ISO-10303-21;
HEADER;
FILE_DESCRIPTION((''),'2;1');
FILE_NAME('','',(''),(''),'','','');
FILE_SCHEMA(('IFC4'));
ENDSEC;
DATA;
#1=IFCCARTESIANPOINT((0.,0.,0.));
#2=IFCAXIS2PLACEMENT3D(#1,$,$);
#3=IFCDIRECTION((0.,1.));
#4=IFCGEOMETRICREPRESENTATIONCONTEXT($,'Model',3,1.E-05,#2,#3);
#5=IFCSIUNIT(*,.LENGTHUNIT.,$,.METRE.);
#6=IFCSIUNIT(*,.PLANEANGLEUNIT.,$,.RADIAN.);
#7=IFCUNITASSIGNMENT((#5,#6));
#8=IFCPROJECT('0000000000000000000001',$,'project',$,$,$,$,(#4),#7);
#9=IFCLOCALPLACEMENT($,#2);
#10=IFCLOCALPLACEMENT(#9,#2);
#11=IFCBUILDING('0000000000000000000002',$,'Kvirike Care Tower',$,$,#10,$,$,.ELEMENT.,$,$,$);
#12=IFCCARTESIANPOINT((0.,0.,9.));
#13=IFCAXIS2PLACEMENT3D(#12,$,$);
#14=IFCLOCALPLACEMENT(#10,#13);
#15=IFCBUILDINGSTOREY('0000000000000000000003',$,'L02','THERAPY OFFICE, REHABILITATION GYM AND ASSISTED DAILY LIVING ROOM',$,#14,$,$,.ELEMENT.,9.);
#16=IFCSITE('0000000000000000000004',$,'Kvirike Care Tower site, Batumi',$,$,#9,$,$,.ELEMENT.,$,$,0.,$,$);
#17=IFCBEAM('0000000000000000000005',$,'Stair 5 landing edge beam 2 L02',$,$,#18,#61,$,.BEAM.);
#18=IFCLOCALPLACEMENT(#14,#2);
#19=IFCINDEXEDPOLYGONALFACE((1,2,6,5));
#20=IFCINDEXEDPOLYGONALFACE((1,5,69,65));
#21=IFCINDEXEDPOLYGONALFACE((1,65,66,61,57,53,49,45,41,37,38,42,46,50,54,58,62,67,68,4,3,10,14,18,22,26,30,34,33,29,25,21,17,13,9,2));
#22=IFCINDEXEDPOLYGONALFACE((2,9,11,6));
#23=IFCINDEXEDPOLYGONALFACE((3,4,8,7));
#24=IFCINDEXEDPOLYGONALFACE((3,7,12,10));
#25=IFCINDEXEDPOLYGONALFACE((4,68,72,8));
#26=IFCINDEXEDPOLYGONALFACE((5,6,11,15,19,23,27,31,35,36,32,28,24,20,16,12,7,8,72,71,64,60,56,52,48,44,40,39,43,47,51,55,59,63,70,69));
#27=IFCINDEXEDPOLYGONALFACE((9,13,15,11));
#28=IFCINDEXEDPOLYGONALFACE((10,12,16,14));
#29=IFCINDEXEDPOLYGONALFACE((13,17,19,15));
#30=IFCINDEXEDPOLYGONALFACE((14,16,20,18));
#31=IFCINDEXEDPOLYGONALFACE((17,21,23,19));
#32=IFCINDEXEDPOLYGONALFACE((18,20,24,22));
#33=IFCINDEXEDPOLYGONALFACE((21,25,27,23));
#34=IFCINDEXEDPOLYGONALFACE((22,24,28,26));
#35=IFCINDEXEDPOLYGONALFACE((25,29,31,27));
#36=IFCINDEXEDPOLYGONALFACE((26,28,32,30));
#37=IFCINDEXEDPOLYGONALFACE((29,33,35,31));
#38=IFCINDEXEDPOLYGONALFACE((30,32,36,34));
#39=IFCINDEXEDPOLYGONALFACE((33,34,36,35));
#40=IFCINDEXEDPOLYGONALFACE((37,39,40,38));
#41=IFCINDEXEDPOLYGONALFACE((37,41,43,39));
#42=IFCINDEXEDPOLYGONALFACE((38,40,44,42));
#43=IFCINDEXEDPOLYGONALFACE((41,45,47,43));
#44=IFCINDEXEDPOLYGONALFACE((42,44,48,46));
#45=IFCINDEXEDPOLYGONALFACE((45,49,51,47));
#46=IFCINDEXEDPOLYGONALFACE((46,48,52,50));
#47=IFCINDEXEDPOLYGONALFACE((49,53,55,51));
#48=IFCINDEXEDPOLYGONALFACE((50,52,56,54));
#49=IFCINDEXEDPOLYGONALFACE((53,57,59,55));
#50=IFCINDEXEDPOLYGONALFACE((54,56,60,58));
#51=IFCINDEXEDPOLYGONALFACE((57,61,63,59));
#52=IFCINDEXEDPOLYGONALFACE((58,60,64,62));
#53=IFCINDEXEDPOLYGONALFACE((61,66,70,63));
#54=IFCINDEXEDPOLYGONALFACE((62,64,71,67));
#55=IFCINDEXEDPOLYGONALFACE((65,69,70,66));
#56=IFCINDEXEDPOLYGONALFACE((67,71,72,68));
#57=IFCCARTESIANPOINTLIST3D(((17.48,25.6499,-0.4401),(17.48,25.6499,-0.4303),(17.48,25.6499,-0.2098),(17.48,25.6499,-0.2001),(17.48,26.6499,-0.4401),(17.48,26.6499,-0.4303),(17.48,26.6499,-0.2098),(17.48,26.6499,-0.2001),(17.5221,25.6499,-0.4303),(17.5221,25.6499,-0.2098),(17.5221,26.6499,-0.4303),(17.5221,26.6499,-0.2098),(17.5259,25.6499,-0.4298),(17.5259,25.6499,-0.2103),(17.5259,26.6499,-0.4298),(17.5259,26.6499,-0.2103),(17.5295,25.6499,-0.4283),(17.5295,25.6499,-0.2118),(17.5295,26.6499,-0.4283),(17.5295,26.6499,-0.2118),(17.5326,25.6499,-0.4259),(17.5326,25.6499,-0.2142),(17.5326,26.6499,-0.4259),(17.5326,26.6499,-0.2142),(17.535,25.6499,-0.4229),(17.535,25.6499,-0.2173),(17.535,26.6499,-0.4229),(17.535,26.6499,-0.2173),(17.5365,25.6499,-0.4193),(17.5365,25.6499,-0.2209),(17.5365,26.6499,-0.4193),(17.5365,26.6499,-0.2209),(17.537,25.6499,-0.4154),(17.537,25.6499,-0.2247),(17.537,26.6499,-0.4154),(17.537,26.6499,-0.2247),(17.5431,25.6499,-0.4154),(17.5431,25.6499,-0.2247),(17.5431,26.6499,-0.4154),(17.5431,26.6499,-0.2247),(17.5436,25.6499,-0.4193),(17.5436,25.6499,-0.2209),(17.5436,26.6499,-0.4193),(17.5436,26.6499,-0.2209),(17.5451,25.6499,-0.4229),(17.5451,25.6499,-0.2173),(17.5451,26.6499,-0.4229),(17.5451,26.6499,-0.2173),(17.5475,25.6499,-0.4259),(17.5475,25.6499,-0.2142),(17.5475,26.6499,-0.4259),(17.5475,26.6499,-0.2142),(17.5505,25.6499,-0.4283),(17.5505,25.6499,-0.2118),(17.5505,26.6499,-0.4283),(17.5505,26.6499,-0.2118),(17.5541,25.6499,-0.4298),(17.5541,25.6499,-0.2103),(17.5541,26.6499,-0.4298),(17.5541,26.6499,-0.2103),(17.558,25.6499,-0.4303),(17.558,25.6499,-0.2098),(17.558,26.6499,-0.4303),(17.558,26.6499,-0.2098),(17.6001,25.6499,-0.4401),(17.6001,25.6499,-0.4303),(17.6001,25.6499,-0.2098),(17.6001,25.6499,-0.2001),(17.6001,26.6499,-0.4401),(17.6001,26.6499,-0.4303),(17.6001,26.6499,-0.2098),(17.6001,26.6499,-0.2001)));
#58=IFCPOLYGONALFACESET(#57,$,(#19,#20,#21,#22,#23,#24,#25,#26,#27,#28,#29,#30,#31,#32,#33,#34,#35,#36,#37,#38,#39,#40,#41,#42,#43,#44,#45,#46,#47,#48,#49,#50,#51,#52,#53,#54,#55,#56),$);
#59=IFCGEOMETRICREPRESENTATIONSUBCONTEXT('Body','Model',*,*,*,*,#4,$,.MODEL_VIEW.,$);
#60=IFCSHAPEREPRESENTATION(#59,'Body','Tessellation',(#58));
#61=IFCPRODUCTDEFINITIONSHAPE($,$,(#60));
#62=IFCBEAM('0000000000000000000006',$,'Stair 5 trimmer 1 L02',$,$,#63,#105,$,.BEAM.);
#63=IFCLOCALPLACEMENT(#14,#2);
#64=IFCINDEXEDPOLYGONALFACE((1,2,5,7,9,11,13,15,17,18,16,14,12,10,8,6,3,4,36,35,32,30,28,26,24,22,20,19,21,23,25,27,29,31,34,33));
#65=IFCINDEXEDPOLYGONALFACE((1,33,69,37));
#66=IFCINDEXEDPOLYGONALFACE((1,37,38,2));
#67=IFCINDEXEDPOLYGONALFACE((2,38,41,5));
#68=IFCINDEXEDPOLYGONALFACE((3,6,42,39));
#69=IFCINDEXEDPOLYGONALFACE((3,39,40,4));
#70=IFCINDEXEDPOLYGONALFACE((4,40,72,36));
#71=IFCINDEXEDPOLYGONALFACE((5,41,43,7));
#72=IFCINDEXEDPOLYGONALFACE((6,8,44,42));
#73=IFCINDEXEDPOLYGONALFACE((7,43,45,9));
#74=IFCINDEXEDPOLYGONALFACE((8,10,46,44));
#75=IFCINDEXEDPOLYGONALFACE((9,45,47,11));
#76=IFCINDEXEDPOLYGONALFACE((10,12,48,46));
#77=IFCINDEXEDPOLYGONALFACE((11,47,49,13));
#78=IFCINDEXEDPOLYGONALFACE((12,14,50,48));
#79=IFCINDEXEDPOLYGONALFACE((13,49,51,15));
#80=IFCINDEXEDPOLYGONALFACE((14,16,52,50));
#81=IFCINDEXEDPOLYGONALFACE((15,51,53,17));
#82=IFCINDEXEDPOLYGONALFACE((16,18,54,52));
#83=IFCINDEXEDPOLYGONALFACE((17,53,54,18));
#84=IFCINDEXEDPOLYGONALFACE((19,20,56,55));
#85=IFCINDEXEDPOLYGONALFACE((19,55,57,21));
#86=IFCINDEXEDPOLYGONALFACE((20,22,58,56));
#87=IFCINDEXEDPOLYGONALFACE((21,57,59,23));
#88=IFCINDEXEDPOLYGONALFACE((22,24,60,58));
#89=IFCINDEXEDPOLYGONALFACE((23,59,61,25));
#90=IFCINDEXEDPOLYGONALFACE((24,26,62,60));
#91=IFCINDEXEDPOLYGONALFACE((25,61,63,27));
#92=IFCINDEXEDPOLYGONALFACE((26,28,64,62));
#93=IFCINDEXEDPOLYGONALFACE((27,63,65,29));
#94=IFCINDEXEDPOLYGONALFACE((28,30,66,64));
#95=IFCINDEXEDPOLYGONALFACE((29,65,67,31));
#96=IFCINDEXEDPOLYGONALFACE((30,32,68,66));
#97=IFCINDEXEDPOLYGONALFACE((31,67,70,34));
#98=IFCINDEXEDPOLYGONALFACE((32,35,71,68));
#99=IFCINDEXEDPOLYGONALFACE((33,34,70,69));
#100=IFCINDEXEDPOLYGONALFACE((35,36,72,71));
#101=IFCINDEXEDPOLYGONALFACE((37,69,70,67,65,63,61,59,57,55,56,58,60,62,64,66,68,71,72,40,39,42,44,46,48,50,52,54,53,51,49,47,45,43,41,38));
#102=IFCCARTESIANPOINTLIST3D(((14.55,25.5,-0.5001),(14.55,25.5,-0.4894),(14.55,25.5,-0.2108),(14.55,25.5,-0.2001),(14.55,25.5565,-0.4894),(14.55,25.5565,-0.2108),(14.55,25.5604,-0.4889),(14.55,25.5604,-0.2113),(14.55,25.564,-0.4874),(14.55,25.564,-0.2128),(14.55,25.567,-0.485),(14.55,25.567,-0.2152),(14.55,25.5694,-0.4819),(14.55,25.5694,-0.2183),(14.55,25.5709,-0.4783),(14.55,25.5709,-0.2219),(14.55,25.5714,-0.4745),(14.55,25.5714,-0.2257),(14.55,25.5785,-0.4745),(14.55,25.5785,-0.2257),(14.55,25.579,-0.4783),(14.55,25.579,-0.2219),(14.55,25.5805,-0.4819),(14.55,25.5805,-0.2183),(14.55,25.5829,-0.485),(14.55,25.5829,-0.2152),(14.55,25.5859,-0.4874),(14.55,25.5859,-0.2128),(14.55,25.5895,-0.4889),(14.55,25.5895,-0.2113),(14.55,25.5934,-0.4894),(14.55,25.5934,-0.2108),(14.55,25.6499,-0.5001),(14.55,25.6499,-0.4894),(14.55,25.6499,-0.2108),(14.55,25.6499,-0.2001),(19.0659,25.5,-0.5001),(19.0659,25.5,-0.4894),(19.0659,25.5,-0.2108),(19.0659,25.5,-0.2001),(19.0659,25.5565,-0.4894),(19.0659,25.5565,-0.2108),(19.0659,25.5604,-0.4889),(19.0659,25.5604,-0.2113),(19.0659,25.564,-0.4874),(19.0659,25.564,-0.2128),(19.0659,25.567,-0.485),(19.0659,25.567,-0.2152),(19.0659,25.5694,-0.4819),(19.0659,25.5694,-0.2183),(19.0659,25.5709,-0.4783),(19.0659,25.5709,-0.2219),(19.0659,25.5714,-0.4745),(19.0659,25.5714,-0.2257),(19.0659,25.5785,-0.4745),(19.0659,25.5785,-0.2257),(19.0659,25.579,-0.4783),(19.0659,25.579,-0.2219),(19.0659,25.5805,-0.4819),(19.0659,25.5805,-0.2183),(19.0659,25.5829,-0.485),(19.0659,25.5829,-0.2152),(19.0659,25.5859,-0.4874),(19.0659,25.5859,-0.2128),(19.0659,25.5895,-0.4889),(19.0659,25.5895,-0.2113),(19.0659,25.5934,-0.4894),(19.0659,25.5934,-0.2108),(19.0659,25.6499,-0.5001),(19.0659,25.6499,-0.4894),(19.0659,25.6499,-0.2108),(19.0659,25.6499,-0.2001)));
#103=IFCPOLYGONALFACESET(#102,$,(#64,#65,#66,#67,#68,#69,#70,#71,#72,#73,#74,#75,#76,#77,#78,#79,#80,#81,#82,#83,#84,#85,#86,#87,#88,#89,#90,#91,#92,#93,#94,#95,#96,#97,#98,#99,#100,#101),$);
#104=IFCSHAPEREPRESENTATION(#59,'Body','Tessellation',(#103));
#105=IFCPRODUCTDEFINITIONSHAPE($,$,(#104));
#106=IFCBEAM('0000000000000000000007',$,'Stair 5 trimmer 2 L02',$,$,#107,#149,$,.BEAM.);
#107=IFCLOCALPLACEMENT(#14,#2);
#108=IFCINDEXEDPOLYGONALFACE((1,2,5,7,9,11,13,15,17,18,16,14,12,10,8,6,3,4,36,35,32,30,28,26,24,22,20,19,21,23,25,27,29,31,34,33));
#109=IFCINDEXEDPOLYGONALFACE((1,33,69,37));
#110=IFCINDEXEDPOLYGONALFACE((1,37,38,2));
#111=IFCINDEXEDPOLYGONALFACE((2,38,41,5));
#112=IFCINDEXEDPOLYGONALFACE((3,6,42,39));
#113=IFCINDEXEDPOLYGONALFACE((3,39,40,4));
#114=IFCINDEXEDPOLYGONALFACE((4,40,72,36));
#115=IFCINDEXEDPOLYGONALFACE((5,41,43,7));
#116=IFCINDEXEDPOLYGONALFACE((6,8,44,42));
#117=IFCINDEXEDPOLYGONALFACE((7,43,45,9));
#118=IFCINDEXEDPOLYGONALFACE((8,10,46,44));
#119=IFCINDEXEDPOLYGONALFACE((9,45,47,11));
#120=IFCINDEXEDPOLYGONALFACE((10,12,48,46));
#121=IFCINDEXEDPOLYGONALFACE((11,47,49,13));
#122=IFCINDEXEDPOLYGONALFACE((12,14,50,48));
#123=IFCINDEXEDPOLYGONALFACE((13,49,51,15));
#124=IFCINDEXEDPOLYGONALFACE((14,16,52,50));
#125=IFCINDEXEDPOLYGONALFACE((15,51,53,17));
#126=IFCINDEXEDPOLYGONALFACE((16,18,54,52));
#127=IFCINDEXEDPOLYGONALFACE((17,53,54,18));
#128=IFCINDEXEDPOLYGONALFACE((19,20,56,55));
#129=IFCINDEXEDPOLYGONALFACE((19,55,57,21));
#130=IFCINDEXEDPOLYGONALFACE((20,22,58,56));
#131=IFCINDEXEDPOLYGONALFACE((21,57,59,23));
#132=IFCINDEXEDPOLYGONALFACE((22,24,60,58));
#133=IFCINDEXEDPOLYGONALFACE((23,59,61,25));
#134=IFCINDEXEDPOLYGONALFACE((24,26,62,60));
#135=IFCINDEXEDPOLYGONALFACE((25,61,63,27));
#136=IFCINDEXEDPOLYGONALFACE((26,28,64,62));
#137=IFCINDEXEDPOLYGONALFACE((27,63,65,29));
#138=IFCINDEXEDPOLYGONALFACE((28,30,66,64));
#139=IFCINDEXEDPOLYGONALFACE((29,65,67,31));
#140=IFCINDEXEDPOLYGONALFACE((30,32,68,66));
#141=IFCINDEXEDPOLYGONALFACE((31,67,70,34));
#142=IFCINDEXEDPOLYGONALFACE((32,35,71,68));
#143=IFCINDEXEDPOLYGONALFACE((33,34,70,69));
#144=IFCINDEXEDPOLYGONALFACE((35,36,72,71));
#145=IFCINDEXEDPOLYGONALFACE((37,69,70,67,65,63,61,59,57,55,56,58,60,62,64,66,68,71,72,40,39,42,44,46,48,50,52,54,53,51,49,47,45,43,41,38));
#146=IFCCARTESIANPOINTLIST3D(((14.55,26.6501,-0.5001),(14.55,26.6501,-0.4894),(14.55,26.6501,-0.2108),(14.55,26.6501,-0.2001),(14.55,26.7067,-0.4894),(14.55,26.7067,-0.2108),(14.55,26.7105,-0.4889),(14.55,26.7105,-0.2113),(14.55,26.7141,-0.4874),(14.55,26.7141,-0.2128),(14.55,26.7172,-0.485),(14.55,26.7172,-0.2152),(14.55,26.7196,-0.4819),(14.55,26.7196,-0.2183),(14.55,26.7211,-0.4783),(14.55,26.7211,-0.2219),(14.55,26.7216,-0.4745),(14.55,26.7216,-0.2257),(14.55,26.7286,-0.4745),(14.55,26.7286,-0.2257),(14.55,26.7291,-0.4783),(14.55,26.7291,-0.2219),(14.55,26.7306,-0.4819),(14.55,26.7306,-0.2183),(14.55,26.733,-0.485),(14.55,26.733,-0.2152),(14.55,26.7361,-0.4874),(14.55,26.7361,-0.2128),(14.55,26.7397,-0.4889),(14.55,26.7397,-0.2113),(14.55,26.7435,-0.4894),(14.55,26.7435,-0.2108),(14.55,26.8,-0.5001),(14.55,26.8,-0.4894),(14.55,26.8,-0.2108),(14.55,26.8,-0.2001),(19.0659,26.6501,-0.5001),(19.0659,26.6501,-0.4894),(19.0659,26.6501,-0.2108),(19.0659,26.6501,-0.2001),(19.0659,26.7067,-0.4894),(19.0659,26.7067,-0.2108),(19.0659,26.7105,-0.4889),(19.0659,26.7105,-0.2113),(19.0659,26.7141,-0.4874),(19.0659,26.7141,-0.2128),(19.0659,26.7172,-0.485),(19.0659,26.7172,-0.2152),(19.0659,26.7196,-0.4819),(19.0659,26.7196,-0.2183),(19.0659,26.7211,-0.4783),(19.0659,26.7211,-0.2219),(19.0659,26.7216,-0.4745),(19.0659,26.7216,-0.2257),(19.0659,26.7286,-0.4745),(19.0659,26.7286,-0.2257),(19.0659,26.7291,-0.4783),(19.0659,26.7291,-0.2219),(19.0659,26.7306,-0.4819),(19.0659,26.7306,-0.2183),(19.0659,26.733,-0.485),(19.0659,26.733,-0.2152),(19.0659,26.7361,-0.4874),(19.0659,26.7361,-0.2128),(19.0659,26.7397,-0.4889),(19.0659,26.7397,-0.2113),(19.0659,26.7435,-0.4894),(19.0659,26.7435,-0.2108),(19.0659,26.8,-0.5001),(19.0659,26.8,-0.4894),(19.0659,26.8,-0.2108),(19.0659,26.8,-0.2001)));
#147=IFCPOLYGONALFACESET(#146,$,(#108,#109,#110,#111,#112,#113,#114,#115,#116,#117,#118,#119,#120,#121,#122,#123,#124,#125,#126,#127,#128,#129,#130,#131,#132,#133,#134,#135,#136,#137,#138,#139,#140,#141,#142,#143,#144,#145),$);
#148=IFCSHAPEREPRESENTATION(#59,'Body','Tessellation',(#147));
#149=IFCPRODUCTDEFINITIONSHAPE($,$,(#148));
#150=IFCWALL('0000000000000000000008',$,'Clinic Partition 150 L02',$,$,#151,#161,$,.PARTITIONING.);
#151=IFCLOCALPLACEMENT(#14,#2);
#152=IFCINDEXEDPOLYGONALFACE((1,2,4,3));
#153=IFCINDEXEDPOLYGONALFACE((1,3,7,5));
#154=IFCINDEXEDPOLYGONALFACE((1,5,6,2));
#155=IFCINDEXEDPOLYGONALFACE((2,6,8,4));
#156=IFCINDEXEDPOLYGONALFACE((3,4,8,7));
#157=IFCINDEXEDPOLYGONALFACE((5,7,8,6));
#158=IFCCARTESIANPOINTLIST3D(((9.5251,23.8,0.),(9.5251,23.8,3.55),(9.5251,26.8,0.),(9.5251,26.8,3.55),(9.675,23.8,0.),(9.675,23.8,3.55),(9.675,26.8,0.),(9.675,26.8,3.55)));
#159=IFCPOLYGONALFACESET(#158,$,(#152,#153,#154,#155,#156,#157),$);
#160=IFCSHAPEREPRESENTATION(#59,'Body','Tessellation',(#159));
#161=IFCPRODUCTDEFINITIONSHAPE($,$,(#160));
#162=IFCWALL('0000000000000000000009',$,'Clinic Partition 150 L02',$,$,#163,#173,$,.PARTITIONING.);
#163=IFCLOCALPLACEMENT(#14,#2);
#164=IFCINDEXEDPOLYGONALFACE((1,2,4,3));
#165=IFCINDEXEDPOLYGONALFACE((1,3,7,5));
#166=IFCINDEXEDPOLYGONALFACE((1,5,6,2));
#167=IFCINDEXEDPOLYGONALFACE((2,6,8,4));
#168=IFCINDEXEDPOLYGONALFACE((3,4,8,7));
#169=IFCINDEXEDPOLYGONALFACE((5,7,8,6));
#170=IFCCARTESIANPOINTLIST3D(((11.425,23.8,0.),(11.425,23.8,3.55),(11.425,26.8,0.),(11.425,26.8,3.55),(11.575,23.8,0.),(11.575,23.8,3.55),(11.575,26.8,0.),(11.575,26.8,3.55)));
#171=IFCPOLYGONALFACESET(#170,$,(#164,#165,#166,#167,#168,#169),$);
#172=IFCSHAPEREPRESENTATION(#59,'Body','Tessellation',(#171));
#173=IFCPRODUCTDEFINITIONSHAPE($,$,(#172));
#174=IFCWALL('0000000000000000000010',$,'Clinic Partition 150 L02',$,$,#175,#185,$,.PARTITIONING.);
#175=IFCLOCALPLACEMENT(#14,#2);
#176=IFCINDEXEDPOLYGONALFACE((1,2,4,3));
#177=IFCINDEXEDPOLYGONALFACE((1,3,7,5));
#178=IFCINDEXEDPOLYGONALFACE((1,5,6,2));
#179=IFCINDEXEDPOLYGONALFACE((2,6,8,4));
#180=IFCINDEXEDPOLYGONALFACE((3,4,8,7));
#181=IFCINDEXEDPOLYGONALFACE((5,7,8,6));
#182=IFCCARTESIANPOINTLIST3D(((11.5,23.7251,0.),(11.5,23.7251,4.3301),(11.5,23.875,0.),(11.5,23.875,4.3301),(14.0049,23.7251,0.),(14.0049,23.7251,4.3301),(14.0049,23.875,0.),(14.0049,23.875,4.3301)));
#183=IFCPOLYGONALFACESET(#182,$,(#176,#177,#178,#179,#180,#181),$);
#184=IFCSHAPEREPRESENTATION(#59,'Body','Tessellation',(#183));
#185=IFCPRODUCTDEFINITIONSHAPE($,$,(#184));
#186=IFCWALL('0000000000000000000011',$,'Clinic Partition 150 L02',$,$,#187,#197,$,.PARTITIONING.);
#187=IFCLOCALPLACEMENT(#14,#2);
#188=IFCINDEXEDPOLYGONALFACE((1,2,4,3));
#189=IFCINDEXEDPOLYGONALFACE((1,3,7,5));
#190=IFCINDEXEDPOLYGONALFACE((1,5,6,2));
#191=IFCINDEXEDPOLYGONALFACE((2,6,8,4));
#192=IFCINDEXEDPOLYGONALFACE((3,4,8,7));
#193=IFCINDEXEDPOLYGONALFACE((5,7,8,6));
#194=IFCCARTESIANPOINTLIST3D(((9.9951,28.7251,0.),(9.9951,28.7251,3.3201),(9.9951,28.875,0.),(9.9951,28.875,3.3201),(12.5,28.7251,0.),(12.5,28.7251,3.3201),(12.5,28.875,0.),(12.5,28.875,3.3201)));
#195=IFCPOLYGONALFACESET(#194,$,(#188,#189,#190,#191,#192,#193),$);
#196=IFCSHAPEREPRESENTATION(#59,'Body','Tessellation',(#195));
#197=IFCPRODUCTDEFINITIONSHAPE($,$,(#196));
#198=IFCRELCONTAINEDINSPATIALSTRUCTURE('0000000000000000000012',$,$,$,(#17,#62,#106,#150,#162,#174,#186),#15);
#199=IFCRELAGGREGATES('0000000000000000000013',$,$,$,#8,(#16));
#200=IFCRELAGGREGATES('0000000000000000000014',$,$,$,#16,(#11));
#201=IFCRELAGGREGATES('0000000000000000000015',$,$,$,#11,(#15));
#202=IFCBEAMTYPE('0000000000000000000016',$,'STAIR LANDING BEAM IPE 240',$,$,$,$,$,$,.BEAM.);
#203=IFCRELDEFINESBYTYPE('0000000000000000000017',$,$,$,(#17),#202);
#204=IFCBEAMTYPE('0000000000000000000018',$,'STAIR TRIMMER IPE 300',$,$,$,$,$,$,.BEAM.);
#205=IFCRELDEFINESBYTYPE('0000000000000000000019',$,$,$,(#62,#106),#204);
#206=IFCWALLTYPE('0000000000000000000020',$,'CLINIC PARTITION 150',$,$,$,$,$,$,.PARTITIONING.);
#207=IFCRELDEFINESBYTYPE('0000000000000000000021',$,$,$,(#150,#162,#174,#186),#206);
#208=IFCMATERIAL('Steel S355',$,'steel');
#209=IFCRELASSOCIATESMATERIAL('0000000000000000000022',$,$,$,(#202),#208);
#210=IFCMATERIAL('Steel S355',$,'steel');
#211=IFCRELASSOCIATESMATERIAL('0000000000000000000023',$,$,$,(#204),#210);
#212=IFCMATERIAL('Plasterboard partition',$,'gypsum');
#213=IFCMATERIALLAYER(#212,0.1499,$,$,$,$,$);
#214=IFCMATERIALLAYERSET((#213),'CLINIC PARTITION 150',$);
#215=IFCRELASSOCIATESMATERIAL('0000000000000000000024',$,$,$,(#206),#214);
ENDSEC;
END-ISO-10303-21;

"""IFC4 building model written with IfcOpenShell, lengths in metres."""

from ifc_helpers import new_model, si_unit, direction, frame, frame_2d, origin, origin_2d, place, context, subcontext, project, spatial, rectangle, i_section, extrude, material, layer, layer_set, material_profile, profile_set, type_object, element, save


model = new_model("IFC4")

# Units and contexts
model_context = context("Model", 3, precision=1e-05, world=origin(), true_north=direction((0.0, 1.0)))
body_context = subcontext(model_context, "Body", "Model", "MODEL_VIEW")
ifc_project = project(units=[si_unit("LENGTHUNIT", "METRE"), si_unit("PLANEANGLEUNIT", "RADIAN")], contexts=[model_context])

# Site, building, storey
site_placement = place(None, origin())
site = spatial("IfcSite", under=ifc_project, at=site_placement, Name="Kvirike Care Tower site, Batumi", CompositionType="ELEMENT", RefElevation=0.0)
building_placement = place(site_placement, origin())
building = spatial("IfcBuilding", under=site, at=building_placement, Name="Kvirike Care Tower", CompositionType="ELEMENT")
storey_placement = place(building_placement, frame((0.0, 0.0, 9.0)))
storey = spatial("IfcBuildingStorey", under=building, at=storey_placement, Name="L02", Description="THERAPY OFFICE, REHABILITATION GYM AND ASSISTED DAILY LIVING ROOM", CompositionType="ELEMENT", Elevation=9.0)

# Beams
ifc_material_1 = material(Name="Steel S355", Category="steel")
ifc_material_profile_1 = material_profile(ifc_material_1, i_section(OverallWidth=0.1201, OverallDepth=0.24, WebThickness=0.0061, FlangeThickness=0.0098, FilletRadius=0.0149, at=origin_2d()), Name="IPE 240")
ifc_profile_set_1 = profile_set([ifc_material_profile_1], Name="Steel S355")
beam_type_1 = type_object("IfcBeamType", Name="STAIR LANDING BEAM IPE 240", PredefinedType="BEAM", material=ifc_profile_set_1)
for number, where, z_axis, x_axis, name in (
    (1, (17.54, 25.6499, -0.3201), (0.0, 1.0, 0.0), (-1.0, 0.0, 0.0), "Stair 5 landing edge beam 2 L02"),
):
    element("IfcBeam", number, at=place(storey_placement, frame(where, z_axis=z_axis, x_axis=x_axis)), inside=storey, type_object=beam_type_1, Name=name, PredefinedType="BEAM", context=body_context, shape_type="SweptSolid", body=[
        extrude(i_section(OverallWidth=0.1201, OverallDepth=0.24, WebThickness=0.0061, FlangeThickness=0.0098, FilletRadius=0.0149, at=origin_2d()), origin(), (0.0, 0.0, 1.0), 1.0),
    ])
ifc_material_2 = material(Name="Steel S355", Category="steel")
ifc_material_profile_2 = material_profile(ifc_material_2, i_section(OverallWidth=0.1499, OverallDepth=0.3, WebThickness=0.0071, FlangeThickness=0.0107, FilletRadius=0.0149, at=origin_2d()), Name="IPE 300")
ifc_profile_set_2 = profile_set([ifc_material_profile_2], Name="Steel S355")
beam_type_2 = type_object("IfcBeamType", Name="STAIR TRIMMER IPE 300", PredefinedType="BEAM", material=ifc_profile_set_2)
for number, where, z_axis, x_axis, name in (
    (2, (14.55, 25.575, -0.3501), (1.0, 0.0, 0.0), (0.0, 1.0, 0.0), "Stair 5 trimmer 1 L02"),
    (3, (14.55, 26.7251, -0.3501), (1.0, 0.0, 0.0), (0.0, 1.0, 0.0), "Stair 5 trimmer 2 L02"),
):
    element("IfcBeam", number, at=place(storey_placement, frame(where, z_axis=z_axis, x_axis=x_axis)), inside=storey, type_object=beam_type_2, Name=name, PredefinedType="BEAM", context=body_context, shape_type="SweptSolid", body=[
        extrude(i_section(OverallWidth=0.1499, OverallDepth=0.3, WebThickness=0.0071, FlangeThickness=0.0107, FilletRadius=0.0149, at=origin_2d()), origin(), (0.0, 0.0, 1.0), 4.5159),
    ])

# Walls
ifc_material_3 = material(Name="Plasterboard partition", Category="gypsum")
ifc_layer_1 = layer(ifc_material_3, 0.1499)
ifc_layer_set_1 = layer_set([ifc_layer_1], Name="CLINIC PARTITION 150")
wall_type_1 = type_object("IfcWallType", Name="CLINIC PARTITION 150", PredefinedType="PARTITIONING", material=ifc_layer_set_1)
for number, where, z_axis, x_axis, name in (
    (4, (9.6001, 23.8, 0.0), (0.0, 0.0, 1.0), (0.0, 1.0, 0.0), "Clinic Partition 150 L02"),
    (5, (11.5, 23.8, 0.0), (0.0, 0.0, 1.0), (0.0, 1.0, 0.0), "Clinic Partition 150 L02"),
):
    element("IfcWall", number, at=place(storey_placement, frame(where, z_axis=z_axis, x_axis=x_axis)), inside=storey, type_object=wall_type_1, Name=name, PredefinedType="PARTITIONING", context=body_context, shape_type="SweptSolid", body=[
        extrude(rectangle(XDim=3.0, YDim=0.1499, at=frame_2d((1.5, 0.0))), origin(), (0.0, 0.0, 1.0), 3.55),
    ])
wall_1_placement = place(storey_placement, frame((11.5, 23.8, 0.0), z_axis=(0.0, 0.0, 1.0), x_axis=(1.0, 0.0, 0.0)))
element("IfcWall", 6, at=wall_1_placement, inside=storey, type_object=wall_type_1, Name="Clinic Partition 150 L02", PredefinedType="PARTITIONING", context=body_context, shape_type="SweptSolid", body=[
    extrude(rectangle(XDim=2.5049, YDim=0.1499, at=frame_2d((1.2524, 0.0))), origin(), (0.0, 0.0, 1.0), 4.3301),
])
wall_2_placement = place(storey_placement, frame((12.5, 28.8, 0.0), z_axis=(0.0, 0.0, 1.0), x_axis=(-1.0, 0.0, 0.0)))
element("IfcWall", 7, at=wall_2_placement, inside=storey, type_object=wall_type_1, Name="Clinic Partition 150 L02", PredefinedType="PARTITIONING", context=body_context, shape_type="SweptSolid", body=[
    extrude(rectangle(XDim=2.5049, YDim=0.1499, at=frame_2d((1.2524, 0.0))), origin(), (0.0, 0.0, 1.0), 3.3201),
])

save(model, "model.ifc")
